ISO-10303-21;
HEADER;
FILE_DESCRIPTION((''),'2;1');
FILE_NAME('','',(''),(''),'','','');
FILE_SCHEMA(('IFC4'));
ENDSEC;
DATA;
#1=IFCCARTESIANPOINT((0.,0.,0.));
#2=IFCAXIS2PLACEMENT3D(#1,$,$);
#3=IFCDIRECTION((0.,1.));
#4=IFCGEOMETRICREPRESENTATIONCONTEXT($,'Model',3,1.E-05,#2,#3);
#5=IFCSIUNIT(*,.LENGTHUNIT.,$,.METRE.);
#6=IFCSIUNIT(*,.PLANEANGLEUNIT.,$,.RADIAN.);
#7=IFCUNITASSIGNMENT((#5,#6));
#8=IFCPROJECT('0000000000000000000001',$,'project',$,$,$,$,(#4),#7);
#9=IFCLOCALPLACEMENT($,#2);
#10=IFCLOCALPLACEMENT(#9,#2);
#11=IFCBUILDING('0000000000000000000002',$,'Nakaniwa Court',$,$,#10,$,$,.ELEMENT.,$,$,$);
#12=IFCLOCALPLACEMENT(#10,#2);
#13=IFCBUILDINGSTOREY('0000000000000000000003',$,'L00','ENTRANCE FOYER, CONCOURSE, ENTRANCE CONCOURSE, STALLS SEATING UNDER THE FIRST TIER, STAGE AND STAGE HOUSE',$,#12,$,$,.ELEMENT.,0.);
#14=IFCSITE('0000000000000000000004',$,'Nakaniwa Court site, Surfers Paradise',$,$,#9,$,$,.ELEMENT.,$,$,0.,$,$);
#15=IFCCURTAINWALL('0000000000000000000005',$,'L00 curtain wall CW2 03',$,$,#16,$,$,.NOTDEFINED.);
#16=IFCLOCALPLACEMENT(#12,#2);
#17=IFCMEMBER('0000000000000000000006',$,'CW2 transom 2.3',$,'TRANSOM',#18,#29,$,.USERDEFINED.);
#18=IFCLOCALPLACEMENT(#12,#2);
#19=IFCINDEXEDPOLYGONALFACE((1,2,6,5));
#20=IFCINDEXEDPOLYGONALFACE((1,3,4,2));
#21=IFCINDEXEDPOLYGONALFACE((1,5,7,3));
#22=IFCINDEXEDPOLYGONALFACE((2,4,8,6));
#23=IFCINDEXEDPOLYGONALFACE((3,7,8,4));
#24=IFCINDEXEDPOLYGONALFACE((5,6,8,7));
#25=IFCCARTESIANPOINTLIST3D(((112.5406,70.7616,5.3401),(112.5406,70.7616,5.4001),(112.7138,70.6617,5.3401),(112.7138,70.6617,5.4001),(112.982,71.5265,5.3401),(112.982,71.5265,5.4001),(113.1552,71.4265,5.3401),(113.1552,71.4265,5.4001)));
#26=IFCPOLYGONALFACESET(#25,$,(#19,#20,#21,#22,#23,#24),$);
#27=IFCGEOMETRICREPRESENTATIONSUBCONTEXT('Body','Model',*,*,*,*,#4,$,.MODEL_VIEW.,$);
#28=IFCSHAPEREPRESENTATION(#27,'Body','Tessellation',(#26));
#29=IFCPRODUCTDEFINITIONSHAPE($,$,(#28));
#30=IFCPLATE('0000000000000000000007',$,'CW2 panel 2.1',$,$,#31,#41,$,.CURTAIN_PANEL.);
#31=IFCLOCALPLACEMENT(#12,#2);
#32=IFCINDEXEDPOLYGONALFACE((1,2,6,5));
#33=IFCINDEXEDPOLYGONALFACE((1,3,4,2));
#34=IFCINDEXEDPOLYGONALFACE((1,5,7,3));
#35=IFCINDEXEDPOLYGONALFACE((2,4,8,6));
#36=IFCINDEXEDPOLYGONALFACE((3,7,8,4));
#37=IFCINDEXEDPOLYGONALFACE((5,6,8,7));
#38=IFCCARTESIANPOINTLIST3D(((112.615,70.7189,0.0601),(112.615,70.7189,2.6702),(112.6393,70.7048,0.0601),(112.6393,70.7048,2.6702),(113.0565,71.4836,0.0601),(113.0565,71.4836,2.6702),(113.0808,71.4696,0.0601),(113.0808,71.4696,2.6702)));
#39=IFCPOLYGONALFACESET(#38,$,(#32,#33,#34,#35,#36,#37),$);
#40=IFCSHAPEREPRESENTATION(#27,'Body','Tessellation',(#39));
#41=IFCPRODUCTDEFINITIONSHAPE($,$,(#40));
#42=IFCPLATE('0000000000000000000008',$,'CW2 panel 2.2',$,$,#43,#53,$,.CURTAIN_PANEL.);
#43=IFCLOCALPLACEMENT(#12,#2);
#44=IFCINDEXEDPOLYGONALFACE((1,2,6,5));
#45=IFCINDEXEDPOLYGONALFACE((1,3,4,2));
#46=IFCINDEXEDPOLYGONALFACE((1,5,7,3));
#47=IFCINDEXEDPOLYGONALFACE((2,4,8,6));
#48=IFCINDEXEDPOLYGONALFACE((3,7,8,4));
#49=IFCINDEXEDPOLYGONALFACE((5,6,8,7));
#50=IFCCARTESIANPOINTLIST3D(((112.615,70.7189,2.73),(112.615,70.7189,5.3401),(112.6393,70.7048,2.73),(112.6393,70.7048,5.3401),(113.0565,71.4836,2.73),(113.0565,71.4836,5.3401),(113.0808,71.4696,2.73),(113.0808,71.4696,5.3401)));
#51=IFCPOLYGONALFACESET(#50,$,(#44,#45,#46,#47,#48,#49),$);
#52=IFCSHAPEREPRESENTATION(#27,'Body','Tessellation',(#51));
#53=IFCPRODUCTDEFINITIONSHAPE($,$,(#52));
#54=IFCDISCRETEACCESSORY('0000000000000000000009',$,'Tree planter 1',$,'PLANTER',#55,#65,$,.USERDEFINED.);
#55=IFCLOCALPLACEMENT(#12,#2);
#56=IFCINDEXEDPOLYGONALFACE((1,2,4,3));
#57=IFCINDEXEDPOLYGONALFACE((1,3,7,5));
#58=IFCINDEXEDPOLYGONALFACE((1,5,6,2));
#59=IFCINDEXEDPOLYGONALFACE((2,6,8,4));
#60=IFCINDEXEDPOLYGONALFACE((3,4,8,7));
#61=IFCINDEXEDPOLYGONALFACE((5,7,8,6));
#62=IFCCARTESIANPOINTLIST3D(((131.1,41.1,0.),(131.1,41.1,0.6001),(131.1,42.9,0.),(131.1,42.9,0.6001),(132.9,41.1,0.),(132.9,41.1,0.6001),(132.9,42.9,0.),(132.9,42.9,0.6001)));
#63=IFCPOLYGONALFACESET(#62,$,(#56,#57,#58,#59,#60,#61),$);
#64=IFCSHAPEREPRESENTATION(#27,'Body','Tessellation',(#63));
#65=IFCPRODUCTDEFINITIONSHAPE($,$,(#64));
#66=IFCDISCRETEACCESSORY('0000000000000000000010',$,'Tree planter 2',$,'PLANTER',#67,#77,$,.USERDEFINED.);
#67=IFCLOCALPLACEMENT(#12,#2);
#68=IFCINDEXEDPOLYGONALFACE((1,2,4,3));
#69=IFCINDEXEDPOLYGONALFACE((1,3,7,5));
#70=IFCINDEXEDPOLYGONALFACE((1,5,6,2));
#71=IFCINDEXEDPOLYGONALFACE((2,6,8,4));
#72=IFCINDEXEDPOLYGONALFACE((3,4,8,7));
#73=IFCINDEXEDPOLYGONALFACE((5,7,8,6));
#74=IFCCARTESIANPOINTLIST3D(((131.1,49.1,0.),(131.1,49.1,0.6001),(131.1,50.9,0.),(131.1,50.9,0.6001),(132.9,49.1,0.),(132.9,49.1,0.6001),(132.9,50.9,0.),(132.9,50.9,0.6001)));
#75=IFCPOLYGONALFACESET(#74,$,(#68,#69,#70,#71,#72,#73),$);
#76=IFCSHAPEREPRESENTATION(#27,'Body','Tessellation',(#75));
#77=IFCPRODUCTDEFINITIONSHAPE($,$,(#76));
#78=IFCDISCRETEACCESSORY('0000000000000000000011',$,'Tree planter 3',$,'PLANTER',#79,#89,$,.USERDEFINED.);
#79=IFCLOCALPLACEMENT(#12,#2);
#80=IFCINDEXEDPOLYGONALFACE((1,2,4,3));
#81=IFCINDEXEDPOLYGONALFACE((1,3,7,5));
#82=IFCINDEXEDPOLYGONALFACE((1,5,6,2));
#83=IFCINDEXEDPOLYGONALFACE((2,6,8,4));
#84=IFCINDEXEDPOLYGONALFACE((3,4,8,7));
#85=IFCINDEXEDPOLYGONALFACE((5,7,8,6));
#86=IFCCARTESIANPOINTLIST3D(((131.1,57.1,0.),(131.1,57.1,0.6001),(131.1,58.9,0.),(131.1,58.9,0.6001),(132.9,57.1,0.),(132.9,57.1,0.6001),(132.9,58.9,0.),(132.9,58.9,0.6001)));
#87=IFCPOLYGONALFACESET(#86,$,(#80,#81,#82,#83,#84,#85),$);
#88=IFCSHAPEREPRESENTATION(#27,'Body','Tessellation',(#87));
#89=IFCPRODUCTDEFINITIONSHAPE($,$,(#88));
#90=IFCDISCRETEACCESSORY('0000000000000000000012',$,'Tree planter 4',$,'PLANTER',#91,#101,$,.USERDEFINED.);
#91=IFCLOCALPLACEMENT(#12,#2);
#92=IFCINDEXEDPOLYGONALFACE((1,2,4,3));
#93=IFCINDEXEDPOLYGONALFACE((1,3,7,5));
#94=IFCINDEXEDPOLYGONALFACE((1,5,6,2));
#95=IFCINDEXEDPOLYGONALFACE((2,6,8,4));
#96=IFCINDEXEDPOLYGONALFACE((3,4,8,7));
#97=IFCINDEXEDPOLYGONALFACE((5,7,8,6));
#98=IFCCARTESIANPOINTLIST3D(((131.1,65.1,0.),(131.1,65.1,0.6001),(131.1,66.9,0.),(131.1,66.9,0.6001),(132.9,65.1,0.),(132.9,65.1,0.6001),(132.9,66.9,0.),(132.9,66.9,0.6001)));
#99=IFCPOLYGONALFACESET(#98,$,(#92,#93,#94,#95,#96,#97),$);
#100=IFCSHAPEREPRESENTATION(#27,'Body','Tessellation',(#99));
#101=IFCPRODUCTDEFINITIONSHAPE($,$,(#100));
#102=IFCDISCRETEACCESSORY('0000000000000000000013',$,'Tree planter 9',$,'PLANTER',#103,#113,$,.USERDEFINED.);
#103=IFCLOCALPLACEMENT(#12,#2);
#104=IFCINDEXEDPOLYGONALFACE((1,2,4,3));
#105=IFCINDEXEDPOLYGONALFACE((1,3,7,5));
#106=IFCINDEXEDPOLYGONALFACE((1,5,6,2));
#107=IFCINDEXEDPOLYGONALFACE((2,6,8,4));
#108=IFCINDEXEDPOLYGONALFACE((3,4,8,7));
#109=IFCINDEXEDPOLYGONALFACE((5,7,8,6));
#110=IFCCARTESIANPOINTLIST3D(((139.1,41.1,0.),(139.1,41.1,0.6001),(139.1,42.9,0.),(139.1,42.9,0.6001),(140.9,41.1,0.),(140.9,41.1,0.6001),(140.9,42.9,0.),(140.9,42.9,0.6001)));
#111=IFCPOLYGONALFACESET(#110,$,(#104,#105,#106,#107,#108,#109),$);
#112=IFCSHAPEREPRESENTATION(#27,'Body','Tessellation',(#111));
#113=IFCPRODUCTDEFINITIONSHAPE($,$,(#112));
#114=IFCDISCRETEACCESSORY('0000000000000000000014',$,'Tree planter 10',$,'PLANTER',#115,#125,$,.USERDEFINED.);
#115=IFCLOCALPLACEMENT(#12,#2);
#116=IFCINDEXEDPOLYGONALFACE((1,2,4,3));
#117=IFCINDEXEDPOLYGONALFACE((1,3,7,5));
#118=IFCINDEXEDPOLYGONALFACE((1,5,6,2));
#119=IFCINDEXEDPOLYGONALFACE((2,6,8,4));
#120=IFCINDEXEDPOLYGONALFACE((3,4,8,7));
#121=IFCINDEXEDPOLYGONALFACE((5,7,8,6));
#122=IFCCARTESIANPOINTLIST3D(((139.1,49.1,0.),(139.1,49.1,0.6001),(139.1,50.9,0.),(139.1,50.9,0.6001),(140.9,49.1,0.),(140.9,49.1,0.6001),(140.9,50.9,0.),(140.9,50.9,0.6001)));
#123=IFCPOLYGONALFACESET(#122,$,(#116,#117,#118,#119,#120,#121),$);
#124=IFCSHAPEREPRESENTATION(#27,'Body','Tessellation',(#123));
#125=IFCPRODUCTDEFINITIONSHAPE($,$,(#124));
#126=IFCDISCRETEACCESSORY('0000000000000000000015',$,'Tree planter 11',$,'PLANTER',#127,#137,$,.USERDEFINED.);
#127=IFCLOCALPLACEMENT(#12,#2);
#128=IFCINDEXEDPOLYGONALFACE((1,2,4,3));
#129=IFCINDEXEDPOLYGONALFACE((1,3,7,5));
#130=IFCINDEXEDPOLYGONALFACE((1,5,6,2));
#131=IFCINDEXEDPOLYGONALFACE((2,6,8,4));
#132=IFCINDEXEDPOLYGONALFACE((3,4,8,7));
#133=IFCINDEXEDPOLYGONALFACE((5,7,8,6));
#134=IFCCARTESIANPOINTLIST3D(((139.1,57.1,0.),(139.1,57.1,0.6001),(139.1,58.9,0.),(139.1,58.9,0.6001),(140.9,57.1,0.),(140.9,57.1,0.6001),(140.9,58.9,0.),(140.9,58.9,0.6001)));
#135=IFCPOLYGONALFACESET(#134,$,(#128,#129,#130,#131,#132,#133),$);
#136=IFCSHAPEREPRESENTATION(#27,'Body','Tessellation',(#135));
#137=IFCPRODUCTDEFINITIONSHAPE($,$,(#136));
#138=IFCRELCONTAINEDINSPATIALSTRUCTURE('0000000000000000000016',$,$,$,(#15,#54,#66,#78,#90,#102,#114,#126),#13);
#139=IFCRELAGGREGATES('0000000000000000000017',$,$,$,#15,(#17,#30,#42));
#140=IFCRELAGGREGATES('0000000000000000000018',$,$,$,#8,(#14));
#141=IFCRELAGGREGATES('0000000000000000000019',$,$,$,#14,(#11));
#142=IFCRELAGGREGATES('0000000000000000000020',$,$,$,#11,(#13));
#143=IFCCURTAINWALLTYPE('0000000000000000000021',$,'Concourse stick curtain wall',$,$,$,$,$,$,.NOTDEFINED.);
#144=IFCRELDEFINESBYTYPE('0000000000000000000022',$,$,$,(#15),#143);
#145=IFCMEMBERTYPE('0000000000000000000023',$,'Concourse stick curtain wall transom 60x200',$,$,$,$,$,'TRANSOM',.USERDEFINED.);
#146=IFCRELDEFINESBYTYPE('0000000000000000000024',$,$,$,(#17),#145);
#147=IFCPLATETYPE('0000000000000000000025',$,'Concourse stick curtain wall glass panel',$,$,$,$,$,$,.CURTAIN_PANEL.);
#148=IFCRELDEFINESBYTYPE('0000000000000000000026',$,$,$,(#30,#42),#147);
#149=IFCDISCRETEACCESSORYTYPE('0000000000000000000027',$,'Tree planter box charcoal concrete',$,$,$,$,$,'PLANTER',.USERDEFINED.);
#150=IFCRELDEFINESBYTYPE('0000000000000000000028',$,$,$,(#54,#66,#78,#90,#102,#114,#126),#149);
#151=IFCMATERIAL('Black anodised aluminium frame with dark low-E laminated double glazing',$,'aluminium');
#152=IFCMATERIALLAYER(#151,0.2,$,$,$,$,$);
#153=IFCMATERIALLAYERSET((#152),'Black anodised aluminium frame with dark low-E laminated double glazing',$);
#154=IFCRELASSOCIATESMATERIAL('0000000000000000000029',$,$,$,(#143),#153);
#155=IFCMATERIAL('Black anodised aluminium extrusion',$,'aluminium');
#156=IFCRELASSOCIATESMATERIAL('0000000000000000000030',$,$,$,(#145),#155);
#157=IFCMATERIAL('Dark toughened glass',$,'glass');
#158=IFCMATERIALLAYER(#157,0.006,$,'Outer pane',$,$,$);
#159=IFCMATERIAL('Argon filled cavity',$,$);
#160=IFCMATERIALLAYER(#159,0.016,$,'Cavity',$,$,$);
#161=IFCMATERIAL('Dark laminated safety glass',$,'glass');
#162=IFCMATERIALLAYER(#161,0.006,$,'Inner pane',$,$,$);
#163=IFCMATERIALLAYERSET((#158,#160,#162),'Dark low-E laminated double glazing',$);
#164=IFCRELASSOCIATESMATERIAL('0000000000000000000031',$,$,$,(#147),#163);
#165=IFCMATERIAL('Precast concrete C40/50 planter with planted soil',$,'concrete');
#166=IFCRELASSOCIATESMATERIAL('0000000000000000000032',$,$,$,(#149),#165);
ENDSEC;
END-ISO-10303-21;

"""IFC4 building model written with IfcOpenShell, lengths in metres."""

from ifc_helpers import new_model, si_unit, direction, frame, origin, origin_2d, place, context, subcontext, project, spatial, rectangle, extrude, material, layer, layer_set, material_profile, profile_set, type_object, element, aggregate, save


model = new_model("IFC4")

# Units and contexts
model_context = context("Model", 3, precision=1e-05, world=origin(), true_north=direction((0.0, 1.0)))
body_context = subcontext(model_context, "Body", "Model", "MODEL_VIEW")
ifc_project = project(units=[si_unit("LENGTHUNIT", "METRE"), si_unit("PLANEANGLEUNIT", "RADIAN")], contexts=[model_context])

# Site, building, storey
site_placement = place(None, origin())
site = spatial("IfcSite", under=ifc_project, at=site_placement, Name="Nakaniwa Court site, Surfers Paradise", CompositionType="ELEMENT", RefElevation=0.0)
building_placement = place(site_placement, origin())
building = spatial("IfcBuilding", under=site, at=building_placement, Name="Nakaniwa Court", CompositionType="ELEMENT")
storey_placement = place(building_placement, origin())
storey = spatial("IfcBuildingStorey", under=building, at=storey_placement, Name="L00", Description="ENTRANCE FOYER, CONCOURSE, ENTRANCE CONCOURSE, STALLS SEATING UNDER THE FIRST TIER, STAGE AND STAGE HOUSE", CompositionType="ELEMENT", Elevation=0.0)

# Curtain wall, member, plates
ifc_material_1 = material(Name="Black anodised aluminium frame with dark low-E laminated double glazing", Category="aluminium")
ifc_layer_1 = layer(ifc_material_1, 0.2)
ifc_layer_set_1 = layer_set([ifc_layer_1], Name="Black anodised aluminium frame with dark low-E laminated double glazing")
curtain_wall_type = type_object("IfcCurtainWallType", Name="Concourse stick curtain wall", PredefinedType="NOTDEFINED", material=ifc_layer_set_1)
curtain_wall_placement = place(storey_placement, origin())
curtain_wall = element("IfcCurtainWall", 1, at=curtain_wall_placement, inside=storey, type_object=curtain_wall_type, Name="L00 curtain wall CW2 03", PredefinedType="NOTDEFINED")
ifc_material_2 = material(Name="Black anodised aluminium extrusion", Category="aluminium")
ifc_material_profile_1 = material_profile(ifc_material_2, rectangle(XDim=0.2, YDim=0.0601, at=origin_2d()), Name="Concourse stick curtain wall transom 60x200")
ifc_profile_set_1 = profile_set([ifc_material_profile_1], Name="Black anodised aluminium extrusion")
member_type_1 = type_object("IfcMemberType", Name="Concourse stick curtain wall transom 60x200", ElementType="TRANSOM", PredefinedType="USERDEFINED", material=ifc_profile_set_1)
member_1_placement = place(storey_placement, frame((112.6272, 70.7117, 5.3701), z_axis=(0.499826, 0.866126, 0.0), x_axis=(-0.866126, 0.499826, 0.0)))
member_1 = element("IfcMember", 2, at=member_1_placement, type_object=member_type_1, Name="CW2 transom 2.3", ObjectType="TRANSOM", PredefinedType="USERDEFINED", context=body_context, shape_type="SweptSolid", body=[
    extrude(rectangle(XDim=0.2, YDim=0.0601, at=origin_2d()), origin(), (0.0, 0.0, 1.0), 0.8831),
])
ifc_material_3 = material(Name="Dark toughened glass", Category="glass")
ifc_layer_2 = layer(ifc_material_3, 0.006, Name="Outer pane")
ifc_material_4 = material(Name="Argon filled cavity")
ifc_layer_3 = layer(ifc_material_4, 0.016, Name="Cavity")
ifc_material_5 = material(Name="Dark laminated safety glass", Category="glass")
ifc_layer_4 = layer(ifc_material_5, 0.006, Name="Inner pane")
ifc_layer_set_2 = layer_set([ifc_layer_2, ifc_layer_3, ifc_layer_4], Name="Dark low-E laminated double glazing")
plate_type = type_object("IfcPlateType", Name="Concourse stick curtain wall glass panel", PredefinedType="CURTAIN_PANEL", material=ifc_layer_set_2)
plate_1_placement = place(storey_placement, frame((112.8479, 71.0942, 0.0601), z_axis=(0.0, 0.0, 1.0), x_axis=(0.499975, 0.86604, 0.0)))
plate_1 = element("IfcPlate", 3, at=plate_1_placement, type_object=plate_type, Name="CW2 panel 2.1", PredefinedType="CURTAIN_PANEL", context=body_context, shape_type="SweptSolid", body=[
    extrude(rectangle(XDim=0.8831, YDim=0.0281, at=origin_2d()), origin(), (0.0, 0.0, 1.0), 2.6101),
])
plate_2_placement = place(storey_placement, frame((112.8479, 71.0942, 2.73), z_axis=(0.0, 0.0, 1.0), x_axis=(0.499975, 0.86604, 0.0)))
plate_2 = element("IfcPlate", 4, at=plate_2_placement, type_object=plate_type, Name="CW2 panel 2.2", PredefinedType="CURTAIN_PANEL", context=body_context, shape_type="SweptSolid", body=[
    extrude(rectangle(XDim=0.8831, YDim=0.0281, at=origin_2d()), origin(), (0.0, 0.0, 1.0), 2.6101),
])
aggregate(curtain_wall, [member_1, plate_1, plate_2])

# Discrete accessories
ifc_material_6 = material(Name="Precast concrete C40/50 planter with planted soil", Category="concrete")
discrete_accessory_type = type_object("IfcDiscreteAccessoryType", Name="Tree planter box charcoal concrete", ElementType="PLANTER", PredefinedType="USERDEFINED", material=ifc_material_6)
for number, where, z_axis, x_axis, name in (
    (5, (132.0, 42.0, 0.0), (0.0, 0.0, 1.0), (1.0, 0.0, 0.0), "Tree planter 1"),
    (6, (132.0, 50.0, 0.0), (0.0, 0.0, 1.0), (1.0, 0.0, 0.0), "Tree planter 2"),
    (7, (132.0, 58.0, 0.0), (0.0, 0.0, 1.0), (1.0, 0.0, 0.0), "Tree planter 3"),
    (8, (132.0, 66.0, 0.0), (0.0, 0.0, 1.0), (1.0, 0.0, 0.0), "Tree planter 4"),
    (9, (140.0, 42.0, 0.0), (0.0, 0.0, 1.0), (1.0, 0.0, 0.0), "Tree planter 9"),
    (10, (140.0, 50.0, 0.0), (0.0, 0.0, 1.0), (1.0, 0.0, 0.0), "Tree planter 10"),
    (11, (140.0, 58.0, 0.0), (0.0, 0.0, 1.0), (1.0, 0.0, 0.0), "Tree planter 11"),
):
    element("IfcDiscreteAccessory", number, at=place(storey_placement, frame(where, z_axis=z_axis, x_axis=x_axis)), inside=storey, type_object=discrete_accessory_type, Name=name, ObjectType="PLANTER", PredefinedType="USERDEFINED", context=body_context, shape_type="SweptSolid", body=[
        extrude(rectangle(XDim=1.8, YDim=1.8, at=origin_2d()), origin(), (0.0, 0.0, 1.0), 0.6001),
    ])

save(model, "model.ifc")
